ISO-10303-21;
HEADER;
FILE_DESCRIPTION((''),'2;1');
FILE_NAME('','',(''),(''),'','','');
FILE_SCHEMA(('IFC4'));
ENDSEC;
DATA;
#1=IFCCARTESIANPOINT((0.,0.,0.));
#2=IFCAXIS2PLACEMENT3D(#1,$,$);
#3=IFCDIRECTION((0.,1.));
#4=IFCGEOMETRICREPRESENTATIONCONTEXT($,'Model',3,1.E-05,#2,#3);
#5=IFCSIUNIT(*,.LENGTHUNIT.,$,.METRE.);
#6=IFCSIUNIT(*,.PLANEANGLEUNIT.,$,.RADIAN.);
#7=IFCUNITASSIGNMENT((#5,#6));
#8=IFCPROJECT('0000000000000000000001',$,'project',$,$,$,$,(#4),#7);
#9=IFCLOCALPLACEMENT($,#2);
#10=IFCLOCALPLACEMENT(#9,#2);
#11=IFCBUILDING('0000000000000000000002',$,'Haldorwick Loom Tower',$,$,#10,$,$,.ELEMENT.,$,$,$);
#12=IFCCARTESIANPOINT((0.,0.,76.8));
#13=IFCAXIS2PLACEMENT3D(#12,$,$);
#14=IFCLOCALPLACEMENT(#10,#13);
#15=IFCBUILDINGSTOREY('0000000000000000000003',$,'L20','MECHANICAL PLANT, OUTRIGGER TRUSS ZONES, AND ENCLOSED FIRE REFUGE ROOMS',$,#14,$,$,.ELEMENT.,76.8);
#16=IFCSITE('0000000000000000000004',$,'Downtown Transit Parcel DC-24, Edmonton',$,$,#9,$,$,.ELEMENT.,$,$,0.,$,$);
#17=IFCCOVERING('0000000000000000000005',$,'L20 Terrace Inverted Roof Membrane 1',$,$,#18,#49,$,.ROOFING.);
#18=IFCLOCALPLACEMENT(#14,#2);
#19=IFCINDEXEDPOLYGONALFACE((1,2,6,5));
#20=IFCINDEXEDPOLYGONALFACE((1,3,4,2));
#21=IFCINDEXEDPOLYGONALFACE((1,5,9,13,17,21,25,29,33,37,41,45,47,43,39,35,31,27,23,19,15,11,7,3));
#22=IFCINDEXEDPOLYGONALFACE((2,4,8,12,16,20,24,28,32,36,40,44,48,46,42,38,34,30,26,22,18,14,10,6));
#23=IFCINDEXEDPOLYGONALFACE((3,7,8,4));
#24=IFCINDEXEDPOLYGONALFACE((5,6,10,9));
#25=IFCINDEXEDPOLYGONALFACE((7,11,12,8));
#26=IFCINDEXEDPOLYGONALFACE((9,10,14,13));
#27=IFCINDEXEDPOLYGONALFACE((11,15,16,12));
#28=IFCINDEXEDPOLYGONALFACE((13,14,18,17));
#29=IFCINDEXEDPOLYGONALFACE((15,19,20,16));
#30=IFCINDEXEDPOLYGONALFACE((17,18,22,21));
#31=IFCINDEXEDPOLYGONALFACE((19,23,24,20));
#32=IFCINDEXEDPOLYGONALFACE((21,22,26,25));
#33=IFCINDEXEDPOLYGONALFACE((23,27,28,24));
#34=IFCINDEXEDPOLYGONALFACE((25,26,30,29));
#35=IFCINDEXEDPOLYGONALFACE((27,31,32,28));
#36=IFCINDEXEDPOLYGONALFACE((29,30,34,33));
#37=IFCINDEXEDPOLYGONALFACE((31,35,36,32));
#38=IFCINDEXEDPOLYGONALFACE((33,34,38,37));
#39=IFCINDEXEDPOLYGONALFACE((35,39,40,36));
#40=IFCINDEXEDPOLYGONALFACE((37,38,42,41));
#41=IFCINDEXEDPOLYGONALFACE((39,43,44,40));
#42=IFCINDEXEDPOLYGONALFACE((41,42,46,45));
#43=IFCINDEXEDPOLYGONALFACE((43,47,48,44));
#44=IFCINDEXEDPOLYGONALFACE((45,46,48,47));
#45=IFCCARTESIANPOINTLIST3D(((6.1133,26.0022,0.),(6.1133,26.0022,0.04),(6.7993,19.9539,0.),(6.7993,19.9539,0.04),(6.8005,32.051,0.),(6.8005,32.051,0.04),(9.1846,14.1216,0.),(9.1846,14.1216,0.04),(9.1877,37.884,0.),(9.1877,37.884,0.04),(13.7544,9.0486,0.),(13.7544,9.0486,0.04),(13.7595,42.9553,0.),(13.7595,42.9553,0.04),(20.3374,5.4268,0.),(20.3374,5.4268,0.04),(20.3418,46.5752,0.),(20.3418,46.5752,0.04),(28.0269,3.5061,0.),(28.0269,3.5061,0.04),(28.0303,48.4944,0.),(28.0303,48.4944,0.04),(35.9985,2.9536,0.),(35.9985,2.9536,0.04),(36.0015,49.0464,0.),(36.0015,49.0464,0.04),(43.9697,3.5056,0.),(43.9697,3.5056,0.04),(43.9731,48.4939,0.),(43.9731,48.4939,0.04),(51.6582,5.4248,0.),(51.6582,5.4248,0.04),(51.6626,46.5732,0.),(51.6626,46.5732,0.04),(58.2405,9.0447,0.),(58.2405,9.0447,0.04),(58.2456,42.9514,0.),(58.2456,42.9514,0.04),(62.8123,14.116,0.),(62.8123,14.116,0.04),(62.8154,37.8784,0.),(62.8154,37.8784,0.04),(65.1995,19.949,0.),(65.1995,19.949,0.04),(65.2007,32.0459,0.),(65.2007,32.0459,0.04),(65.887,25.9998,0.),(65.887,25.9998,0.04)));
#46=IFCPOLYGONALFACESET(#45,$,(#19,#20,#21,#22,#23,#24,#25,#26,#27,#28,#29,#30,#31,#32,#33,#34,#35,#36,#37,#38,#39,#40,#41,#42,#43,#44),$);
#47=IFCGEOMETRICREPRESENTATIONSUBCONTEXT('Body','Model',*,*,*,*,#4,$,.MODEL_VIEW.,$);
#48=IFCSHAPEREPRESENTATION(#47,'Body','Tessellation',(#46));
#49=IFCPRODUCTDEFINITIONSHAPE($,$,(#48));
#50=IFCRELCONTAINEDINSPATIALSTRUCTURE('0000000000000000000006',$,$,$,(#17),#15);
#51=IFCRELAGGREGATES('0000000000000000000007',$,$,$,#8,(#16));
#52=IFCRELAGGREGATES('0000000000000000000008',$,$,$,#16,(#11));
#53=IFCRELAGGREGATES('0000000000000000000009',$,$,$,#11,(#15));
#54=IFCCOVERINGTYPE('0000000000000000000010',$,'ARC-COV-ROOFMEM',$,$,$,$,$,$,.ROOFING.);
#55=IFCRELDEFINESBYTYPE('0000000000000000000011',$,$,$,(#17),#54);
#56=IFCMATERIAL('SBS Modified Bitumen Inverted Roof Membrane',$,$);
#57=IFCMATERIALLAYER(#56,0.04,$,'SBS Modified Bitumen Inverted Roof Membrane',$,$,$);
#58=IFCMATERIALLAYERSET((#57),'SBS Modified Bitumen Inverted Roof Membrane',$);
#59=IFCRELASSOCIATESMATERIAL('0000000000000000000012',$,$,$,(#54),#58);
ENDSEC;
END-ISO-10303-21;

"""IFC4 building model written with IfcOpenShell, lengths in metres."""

from ifc_helpers import new_model, si_unit, direction, frame, origin, place, context, subcontext, project, spatial, polyline, outline, extrude, material, layer, layer_set, type_object, element, save


model = new_model("IFC4")

# Units and contexts
model_context = context("Model", 3, precision=1e-05, world=origin(), true_north=direction((0.0, 1.0)))
body_context = subcontext(model_context, "Body", "Model", "MODEL_VIEW")
ifc_project = project(units=[si_unit("LENGTHUNIT", "METRE"), si_unit("PLANEANGLEUNIT", "RADIAN")], contexts=[model_context])

# Site, building, storey
site_placement = place(None, origin())
site = spatial("IfcSite", under=ifc_project, at=site_placement, Name="Downtown Transit Parcel DC-24, Edmonton", CompositionType="ELEMENT", RefElevation=0.0)
building_placement = place(site_placement, origin())
building = spatial("IfcBuilding", under=site, at=building_placement, Name="Haldorwick Loom Tower", CompositionType="ELEMENT")
storey_placement = place(building_placement, frame((0.0, 0.0, 76.8)))
storey = spatial("IfcBuildingStorey", under=building, at=storey_placement, Name="L20", Description="MECHANICAL PLANT, OUTRIGGER TRUSS ZONES, AND ENCLOSED FIRE REFUGE ROOMS", CompositionType="ELEMENT", Elevation=76.8)

# Covering
ifc_material_1 = material(Name="SBS Modified Bitumen Inverted Roof Membrane")
ifc_layer_1 = layer(ifc_material_1, 0.04, Name="SBS Modified Bitumen Inverted Roof Membrane")
ifc_layer_set_1 = layer_set([ifc_layer_1], Name="SBS Modified Bitumen Inverted Roof Membrane")
covering_type = type_object("IfcCoveringType", Name="ARC-COV-ROOFMEM", PredefinedType="ROOFING", material=ifc_layer_set_1)
covering_placement = place(storey_placement, origin())
element("IfcCovering", 1, at=covering_placement, inside=storey, type_object=covering_type, Name="L20 Terrace Inverted Roof Membrane 1", PredefinedType="ROOFING", context=body_context, shape_type="SweptSolid", body=[
    extrude(outline(polyline([(65.887, 25.9998), (65.2007, 32.0459), (62.8154, 37.8784), (58.2456, 42.9514), (51.6626, 46.5732), (43.9731, 48.4939), (36.0015, 49.0464), (28.0303, 48.4944), (20.3418, 46.5752), (13.7595, 42.9553), (9.1877, 37.884), (6.8005, 32.051), (6.1133, 26.0022), (6.7993, 19.9539), (9.1846, 14.1216), (13.7544, 9.0486), (20.3374, 5.4268), (28.0269, 3.5061), (35.9985, 2.9536), (43.9697, 3.5056), (51.6582, 5.4248), (58.2405, 9.0447), (62.8123, 14.116), (65.1995, 19.949), (65.887, 25.9998)])), origin(), (0.0, 0.0, 1.0), 0.04),
])

save(model, "model.ifc")
